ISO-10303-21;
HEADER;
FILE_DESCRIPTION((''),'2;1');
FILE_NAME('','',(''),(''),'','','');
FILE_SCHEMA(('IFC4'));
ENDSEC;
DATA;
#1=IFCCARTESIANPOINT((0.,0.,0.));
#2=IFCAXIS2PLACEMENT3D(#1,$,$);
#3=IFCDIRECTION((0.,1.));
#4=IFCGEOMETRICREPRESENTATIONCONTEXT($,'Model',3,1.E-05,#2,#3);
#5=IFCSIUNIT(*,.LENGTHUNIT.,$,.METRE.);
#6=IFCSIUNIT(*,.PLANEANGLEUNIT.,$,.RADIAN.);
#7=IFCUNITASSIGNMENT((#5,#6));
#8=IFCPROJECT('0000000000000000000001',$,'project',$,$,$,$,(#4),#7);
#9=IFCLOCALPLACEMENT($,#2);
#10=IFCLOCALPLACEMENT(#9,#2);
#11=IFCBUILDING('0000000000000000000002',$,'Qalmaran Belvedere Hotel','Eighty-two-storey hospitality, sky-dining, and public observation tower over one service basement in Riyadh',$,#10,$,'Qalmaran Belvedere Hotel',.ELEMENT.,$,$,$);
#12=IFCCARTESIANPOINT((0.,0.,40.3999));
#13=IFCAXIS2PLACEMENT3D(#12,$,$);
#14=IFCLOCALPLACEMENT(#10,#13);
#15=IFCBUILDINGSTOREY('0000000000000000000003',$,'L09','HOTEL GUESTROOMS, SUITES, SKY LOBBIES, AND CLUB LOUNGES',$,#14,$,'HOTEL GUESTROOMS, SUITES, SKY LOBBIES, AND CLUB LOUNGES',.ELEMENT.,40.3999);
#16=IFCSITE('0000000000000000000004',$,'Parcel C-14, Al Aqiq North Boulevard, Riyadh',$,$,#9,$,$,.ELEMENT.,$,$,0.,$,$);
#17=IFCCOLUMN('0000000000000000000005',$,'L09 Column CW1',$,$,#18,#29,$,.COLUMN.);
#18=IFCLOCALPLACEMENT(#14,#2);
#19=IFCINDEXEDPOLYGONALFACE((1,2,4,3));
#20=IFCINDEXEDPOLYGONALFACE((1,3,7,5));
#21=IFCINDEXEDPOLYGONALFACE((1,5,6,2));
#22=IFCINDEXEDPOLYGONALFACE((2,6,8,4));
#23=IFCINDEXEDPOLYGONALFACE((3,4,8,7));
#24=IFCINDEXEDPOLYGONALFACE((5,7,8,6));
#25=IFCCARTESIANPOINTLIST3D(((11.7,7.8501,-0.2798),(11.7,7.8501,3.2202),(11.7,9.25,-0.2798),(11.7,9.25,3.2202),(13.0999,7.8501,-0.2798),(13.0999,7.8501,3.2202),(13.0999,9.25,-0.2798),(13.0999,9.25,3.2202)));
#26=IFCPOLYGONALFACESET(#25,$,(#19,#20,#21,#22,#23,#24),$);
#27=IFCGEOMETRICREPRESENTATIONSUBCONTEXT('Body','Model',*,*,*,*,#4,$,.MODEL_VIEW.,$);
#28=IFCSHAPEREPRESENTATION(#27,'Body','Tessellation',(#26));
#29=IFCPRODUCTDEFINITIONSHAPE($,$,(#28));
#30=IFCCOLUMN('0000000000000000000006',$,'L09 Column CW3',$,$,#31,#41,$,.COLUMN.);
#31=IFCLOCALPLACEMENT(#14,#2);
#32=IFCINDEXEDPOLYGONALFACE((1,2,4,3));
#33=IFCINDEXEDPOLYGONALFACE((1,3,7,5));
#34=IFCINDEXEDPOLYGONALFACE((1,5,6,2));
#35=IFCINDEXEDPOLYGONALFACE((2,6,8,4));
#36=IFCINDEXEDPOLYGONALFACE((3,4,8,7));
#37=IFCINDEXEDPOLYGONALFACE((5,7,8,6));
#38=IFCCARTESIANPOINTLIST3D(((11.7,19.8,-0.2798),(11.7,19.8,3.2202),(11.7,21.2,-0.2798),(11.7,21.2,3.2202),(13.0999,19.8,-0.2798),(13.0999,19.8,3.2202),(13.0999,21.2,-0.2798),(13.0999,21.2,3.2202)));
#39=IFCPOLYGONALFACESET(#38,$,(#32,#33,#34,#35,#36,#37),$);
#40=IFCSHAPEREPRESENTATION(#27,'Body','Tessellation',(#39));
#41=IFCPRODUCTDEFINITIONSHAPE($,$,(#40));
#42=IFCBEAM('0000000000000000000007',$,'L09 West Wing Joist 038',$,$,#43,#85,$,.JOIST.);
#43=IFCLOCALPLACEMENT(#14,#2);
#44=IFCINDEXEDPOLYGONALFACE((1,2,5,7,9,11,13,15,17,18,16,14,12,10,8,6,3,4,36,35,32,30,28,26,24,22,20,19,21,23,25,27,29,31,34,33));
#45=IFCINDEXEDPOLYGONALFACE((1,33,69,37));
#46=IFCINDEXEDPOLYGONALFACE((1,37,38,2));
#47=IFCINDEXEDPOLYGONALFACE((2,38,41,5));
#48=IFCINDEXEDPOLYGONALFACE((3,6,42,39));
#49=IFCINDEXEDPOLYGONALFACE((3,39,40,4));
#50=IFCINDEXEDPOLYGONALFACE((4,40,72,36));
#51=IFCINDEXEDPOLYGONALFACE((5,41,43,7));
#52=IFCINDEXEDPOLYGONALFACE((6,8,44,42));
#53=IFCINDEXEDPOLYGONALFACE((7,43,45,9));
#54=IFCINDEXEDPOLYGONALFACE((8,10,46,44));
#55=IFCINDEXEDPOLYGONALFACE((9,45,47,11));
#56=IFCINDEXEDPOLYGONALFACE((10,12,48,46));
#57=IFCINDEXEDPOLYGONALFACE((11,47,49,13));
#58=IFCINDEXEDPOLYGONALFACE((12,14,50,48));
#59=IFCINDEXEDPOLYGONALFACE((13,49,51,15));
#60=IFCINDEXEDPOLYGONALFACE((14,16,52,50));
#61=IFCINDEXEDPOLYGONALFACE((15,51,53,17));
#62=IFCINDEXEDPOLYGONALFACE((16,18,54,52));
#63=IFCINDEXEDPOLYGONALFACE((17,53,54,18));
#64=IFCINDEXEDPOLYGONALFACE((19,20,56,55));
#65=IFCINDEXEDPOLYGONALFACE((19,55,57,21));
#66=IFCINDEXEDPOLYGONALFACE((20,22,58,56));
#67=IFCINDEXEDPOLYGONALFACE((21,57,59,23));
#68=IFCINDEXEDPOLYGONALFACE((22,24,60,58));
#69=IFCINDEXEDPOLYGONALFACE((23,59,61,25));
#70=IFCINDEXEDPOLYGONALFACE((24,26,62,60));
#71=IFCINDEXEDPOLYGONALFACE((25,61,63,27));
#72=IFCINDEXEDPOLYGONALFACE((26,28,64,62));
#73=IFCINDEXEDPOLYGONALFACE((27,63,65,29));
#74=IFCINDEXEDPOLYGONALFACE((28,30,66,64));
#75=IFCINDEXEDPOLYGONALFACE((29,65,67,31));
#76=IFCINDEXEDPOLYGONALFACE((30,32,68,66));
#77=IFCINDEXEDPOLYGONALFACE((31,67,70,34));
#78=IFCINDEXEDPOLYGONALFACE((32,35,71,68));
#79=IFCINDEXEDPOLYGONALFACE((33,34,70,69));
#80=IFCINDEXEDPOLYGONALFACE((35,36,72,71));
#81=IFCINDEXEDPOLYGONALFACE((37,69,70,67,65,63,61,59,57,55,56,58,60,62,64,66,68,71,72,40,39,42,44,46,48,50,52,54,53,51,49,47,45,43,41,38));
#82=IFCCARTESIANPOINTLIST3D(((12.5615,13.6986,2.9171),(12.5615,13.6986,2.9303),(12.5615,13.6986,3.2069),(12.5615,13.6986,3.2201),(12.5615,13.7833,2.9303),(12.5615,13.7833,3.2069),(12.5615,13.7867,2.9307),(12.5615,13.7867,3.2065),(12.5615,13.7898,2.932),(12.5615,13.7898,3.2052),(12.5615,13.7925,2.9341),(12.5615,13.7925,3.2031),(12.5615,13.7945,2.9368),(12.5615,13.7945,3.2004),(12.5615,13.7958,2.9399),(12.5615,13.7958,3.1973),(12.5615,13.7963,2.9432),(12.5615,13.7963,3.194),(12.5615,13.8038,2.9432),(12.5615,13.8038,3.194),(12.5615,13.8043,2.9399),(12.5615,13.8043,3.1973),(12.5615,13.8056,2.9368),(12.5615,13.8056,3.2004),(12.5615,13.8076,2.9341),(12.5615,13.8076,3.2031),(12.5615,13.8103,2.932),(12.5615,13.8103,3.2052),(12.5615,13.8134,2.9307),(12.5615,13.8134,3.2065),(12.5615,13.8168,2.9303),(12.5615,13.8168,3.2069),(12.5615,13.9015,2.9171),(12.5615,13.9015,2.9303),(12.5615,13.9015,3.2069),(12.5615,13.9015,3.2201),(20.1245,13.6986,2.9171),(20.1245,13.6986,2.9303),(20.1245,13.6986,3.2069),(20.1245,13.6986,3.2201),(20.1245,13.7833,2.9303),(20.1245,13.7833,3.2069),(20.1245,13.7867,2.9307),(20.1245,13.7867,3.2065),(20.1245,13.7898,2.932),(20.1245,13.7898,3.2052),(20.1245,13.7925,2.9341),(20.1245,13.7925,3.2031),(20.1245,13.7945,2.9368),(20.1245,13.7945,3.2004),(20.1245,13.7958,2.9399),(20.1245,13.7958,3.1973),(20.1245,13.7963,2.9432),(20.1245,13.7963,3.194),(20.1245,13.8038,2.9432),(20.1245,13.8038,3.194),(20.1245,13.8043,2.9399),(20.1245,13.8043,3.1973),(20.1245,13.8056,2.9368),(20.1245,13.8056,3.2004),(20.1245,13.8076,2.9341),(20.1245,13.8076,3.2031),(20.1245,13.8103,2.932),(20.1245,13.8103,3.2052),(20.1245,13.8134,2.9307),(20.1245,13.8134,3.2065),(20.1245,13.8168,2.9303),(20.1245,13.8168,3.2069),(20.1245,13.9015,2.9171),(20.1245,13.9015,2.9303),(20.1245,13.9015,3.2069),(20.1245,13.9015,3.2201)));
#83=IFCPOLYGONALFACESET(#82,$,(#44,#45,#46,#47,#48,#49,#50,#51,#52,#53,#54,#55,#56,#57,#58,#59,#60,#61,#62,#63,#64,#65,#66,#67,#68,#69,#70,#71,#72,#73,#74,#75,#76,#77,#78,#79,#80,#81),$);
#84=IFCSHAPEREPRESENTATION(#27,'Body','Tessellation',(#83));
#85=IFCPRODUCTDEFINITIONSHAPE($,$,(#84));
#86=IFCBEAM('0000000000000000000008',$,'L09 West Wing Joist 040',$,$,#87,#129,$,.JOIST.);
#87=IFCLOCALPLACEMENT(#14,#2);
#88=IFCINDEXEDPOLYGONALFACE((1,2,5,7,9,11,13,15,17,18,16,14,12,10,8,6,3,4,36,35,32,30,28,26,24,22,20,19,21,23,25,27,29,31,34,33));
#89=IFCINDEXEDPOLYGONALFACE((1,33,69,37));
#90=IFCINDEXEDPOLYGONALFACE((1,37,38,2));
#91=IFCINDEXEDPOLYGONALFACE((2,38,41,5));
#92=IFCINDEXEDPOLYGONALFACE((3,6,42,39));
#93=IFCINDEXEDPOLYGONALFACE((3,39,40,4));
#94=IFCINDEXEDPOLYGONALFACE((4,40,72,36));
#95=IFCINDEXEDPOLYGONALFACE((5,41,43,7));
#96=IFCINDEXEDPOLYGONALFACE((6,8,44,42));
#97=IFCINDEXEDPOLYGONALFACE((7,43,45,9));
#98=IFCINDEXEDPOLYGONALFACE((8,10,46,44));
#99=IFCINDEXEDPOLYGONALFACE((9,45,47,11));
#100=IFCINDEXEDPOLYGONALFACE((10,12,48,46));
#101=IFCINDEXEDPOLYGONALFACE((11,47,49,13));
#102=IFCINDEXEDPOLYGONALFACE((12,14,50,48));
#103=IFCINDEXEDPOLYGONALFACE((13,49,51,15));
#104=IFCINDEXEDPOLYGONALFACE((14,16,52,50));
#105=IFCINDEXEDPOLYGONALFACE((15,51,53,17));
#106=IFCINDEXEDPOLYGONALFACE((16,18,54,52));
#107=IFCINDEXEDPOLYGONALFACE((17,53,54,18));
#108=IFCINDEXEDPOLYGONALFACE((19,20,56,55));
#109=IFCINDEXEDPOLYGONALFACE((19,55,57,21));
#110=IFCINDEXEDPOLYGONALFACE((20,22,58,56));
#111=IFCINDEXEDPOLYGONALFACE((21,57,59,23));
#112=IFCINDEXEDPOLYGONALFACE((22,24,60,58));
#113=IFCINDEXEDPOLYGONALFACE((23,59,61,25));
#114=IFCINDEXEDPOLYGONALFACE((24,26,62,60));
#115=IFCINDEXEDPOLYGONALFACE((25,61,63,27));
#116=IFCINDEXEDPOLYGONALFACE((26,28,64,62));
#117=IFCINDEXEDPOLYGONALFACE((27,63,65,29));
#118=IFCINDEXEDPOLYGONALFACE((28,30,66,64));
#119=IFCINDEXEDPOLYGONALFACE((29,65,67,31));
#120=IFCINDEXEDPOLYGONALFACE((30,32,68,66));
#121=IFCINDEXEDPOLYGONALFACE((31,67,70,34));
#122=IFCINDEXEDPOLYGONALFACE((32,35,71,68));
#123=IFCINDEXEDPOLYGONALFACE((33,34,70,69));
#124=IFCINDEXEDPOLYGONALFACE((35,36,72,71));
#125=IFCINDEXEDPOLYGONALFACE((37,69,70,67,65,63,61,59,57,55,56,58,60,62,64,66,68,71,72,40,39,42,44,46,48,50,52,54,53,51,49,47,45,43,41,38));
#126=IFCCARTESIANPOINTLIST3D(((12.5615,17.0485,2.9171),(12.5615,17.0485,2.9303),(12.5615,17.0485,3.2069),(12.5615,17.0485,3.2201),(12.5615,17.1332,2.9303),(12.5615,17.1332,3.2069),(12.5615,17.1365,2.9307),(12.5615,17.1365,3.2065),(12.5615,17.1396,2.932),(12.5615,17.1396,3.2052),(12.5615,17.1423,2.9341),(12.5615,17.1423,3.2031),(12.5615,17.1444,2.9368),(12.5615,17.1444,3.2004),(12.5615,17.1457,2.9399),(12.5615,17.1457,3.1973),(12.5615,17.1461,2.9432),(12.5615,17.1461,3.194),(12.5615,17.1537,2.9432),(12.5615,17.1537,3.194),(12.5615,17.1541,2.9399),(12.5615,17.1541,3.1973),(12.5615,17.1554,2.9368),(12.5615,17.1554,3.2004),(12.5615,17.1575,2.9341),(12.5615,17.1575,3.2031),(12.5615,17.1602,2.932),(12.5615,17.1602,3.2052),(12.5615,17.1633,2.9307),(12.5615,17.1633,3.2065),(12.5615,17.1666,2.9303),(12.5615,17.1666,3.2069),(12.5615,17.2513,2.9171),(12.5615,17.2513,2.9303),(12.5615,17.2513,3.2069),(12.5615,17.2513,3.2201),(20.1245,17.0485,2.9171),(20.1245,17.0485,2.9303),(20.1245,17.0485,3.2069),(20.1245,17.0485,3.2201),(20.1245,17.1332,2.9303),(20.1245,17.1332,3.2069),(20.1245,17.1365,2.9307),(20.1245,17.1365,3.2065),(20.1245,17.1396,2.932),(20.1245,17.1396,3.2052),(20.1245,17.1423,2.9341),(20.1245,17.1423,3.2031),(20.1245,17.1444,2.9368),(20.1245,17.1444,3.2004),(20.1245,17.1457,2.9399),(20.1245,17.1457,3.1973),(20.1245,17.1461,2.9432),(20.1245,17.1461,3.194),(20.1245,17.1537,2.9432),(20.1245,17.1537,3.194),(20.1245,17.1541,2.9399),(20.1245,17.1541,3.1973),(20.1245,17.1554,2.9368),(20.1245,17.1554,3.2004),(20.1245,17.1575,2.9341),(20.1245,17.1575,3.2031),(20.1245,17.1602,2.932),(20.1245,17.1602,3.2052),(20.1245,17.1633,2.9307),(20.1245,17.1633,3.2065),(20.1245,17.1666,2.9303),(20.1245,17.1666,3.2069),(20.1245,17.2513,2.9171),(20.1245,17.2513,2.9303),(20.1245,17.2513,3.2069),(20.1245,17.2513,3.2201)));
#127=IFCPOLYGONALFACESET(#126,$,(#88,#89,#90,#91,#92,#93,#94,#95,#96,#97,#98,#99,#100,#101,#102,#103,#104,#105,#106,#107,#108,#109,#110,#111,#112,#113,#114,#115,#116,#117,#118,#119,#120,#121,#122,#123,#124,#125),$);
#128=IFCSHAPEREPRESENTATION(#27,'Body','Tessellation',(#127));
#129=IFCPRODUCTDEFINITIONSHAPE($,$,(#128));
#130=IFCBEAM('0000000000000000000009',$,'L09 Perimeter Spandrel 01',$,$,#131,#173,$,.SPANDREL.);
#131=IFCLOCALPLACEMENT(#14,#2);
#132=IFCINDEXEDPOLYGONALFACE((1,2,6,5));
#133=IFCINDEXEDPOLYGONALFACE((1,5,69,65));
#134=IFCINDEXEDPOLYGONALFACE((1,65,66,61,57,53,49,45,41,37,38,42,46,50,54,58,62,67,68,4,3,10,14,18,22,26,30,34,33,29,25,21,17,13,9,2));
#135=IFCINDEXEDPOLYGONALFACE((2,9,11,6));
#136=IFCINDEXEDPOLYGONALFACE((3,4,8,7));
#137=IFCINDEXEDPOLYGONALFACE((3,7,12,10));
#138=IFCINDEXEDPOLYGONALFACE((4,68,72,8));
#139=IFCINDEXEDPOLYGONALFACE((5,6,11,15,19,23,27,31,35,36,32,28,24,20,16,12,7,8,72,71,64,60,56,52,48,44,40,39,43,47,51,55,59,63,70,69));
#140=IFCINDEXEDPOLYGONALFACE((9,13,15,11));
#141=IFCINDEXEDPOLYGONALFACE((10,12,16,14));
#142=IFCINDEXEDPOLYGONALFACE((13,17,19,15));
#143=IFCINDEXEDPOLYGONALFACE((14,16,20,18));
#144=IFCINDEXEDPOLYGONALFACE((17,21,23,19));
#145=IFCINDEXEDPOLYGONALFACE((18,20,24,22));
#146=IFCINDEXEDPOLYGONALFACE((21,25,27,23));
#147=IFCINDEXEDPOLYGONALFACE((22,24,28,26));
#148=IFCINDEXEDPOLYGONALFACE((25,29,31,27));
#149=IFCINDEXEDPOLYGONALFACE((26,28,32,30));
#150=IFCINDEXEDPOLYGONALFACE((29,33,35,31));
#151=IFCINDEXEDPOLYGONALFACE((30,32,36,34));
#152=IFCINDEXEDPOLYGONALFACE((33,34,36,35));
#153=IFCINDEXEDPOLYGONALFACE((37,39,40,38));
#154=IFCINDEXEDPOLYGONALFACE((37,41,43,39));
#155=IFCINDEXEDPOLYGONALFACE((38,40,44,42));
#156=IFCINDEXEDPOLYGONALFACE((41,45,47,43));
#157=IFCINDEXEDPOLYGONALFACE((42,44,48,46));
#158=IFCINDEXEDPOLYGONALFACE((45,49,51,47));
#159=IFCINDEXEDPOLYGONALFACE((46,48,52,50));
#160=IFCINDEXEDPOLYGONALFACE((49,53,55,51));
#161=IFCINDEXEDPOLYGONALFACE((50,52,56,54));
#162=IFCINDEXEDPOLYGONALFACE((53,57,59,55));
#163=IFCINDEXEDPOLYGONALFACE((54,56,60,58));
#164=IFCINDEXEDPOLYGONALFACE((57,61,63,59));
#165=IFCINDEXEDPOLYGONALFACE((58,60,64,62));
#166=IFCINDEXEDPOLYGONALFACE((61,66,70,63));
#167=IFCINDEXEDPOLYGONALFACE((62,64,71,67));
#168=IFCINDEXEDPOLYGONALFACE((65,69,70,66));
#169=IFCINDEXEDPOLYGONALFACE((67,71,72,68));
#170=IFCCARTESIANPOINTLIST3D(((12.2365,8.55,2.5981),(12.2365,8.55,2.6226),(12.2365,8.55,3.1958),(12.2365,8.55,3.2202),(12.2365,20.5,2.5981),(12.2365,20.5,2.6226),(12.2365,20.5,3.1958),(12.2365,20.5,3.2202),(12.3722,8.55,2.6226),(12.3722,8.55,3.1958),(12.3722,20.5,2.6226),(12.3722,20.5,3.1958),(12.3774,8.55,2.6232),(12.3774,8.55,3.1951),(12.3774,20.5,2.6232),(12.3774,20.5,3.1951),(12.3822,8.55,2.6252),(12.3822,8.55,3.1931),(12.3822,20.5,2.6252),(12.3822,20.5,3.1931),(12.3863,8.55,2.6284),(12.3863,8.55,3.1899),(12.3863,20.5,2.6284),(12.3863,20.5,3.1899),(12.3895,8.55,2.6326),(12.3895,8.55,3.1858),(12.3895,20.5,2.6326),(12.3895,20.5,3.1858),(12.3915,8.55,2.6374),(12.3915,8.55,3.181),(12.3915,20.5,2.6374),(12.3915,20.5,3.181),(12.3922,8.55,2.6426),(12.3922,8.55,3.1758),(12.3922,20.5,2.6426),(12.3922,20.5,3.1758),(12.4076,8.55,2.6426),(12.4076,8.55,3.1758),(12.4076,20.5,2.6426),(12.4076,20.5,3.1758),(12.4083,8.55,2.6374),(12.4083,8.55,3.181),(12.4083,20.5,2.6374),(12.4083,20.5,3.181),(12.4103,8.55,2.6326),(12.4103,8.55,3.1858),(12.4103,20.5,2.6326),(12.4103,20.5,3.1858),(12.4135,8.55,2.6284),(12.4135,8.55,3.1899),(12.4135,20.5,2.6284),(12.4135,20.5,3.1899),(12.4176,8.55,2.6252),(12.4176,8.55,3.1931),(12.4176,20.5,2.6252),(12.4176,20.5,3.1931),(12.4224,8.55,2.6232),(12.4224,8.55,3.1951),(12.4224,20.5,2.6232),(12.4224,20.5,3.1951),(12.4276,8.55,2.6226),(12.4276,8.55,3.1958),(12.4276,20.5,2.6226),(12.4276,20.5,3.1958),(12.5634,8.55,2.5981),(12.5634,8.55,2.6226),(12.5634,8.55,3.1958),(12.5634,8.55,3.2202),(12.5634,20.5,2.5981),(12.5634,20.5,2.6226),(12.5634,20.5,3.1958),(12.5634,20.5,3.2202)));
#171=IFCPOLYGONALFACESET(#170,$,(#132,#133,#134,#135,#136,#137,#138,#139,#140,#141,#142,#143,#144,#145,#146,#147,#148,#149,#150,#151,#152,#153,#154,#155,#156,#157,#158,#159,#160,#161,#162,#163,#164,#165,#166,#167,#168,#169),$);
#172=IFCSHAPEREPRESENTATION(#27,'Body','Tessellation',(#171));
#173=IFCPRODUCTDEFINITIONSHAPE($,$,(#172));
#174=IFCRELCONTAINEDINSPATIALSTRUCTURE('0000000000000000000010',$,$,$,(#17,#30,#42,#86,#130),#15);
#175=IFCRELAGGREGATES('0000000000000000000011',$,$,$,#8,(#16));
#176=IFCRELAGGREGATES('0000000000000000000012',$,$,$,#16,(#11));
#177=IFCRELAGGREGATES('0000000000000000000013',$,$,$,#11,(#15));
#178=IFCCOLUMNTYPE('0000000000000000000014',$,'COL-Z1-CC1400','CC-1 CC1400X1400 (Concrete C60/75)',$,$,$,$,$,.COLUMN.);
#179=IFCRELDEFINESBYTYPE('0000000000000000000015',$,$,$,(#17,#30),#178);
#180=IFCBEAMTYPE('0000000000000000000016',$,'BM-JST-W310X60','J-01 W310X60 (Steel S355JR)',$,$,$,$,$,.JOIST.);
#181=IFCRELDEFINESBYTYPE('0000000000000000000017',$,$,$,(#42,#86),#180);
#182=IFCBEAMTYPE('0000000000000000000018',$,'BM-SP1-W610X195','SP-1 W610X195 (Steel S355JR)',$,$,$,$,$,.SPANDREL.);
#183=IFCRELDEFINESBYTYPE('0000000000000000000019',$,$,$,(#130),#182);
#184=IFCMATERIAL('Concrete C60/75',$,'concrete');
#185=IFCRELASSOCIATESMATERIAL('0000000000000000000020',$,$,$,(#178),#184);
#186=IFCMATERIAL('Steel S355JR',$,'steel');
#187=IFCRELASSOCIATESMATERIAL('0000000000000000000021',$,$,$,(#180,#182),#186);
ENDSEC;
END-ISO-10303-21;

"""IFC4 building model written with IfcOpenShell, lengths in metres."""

from ifc_helpers import new_model, si_unit, direction, frame, origin, origin_2d, place, context, subcontext, project, spatial, rectangle, i_section, extrude, material, material_profile, profile_set, type_object, element, save


model = new_model("IFC4")

# Units and contexts
model_context = context("Model", 3, precision=1e-05, world=origin(), true_north=direction((0.0, 1.0)))
body_context = subcontext(model_context, "Body", "Model", "MODEL_VIEW")
ifc_project = project(units=[si_unit("LENGTHUNIT", "METRE"), si_unit("PLANEANGLEUNIT", "RADIAN")], contexts=[model_context])

# Site, building, storey
site_placement = place(None, origin())
site = spatial("IfcSite", under=ifc_project, at=site_placement, Name="Parcel C-14, Al Aqiq North Boulevard, Riyadh", CompositionType="ELEMENT", RefElevation=0.0)
building_placement = place(site_placement, origin())
building = spatial("IfcBuilding", under=site, at=building_placement, Name="Qalmaran Belvedere Hotel", Description="Eighty-two-storey hospitality, sky-dining, and public observation tower over one service basement in Riyadh", LongName="Qalmaran Belvedere Hotel", CompositionType="ELEMENT")
storey_placement = place(building_placement, frame((0.0, 0.0, 40.3999)))
storey = spatial("IfcBuildingStorey", under=building, at=storey_placement, Name="L09", Description="HOTEL GUESTROOMS, SUITES, SKY LOBBIES, AND CLUB LOUNGES", LongName="HOTEL GUESTROOMS, SUITES, SKY LOBBIES, AND CLUB LOUNGES", CompositionType="ELEMENT", Elevation=40.3999)

# Columns
ifc_material_1 = material(Name="Concrete C60/75", Category="concrete")
ifc_material_profile_1 = material_profile(ifc_material_1, rectangle(XDim=1.3999, YDim=1.3999, at=origin_2d()), Name="CC1400X1400")
ifc_profile_set_1 = profile_set([ifc_material_profile_1], Name="Concrete C60/75")
column_type = type_object("IfcColumnType", Name="COL-Z1-CC1400", Description="CC-1 CC1400X1400 (Concrete C60/75)", PredefinedType="COLUMN", material=ifc_profile_set_1)
for number, where, z_axis, x_axis, name in (
    (1, (12.3999, 8.55, -0.2798), (0.0, 0.0, 1.0), (1.0, 0.0, 0.0), "L09 Column CW1"),
    (2, (12.3999, 20.5, -0.2798), (0.0, 0.0, 1.0), (1.0, 0.0, 0.0), "L09 Column CW3"),
):
    element("IfcColumn", number, at=place(storey_placement, frame(where, z_axis=z_axis, x_axis=x_axis)), inside=storey, type_object=column_type, Name=name, PredefinedType="COLUMN", context=body_context, shape_type="SweptSolid", body=[
        extrude(rectangle(XDim=1.3999, YDim=1.3999, at=origin_2d()), origin(), (0.0, 0.0, 1.0), 3.5),
    ])

# Beams
ifc_material_2 = material(Name="Steel S355JR", Category="steel")
ifc_material_profile_2 = material_profile(ifc_material_2, i_section(OverallWidth=0.2029, OverallDepth=0.303, WebThickness=0.0076, FlangeThickness=0.0132, FilletRadius=0.0129, at=origin_2d()), Name="W310X60")
ifc_profile_set_2 = profile_set([ifc_material_profile_2], Name="Steel S355JR")
beam_type_1 = type_object("IfcBeamType", Name="BM-JST-W310X60", Description="J-01 W310X60 (Steel S355JR)", PredefinedType="JOIST", material=ifc_profile_set_2)
for number, where, z_axis, x_axis, name in (
    (3, (12.5615, 13.8, 3.0686), (1.0, 0.0, 0.0), (0.0, 1.0, 0.0), "L09 West Wing Joist 038"),
    (4, (12.5615, 17.1499, 3.0686), (1.0, 0.0, 0.0), (0.0, 1.0, 0.0), "L09 West Wing Joist 040"),
):
    element("IfcBeam", number, at=place(storey_placement, frame(where, z_axis=z_axis, x_axis=x_axis)), inside=storey, type_object=beam_type_1, Name=name, PredefinedType="JOIST", context=body_context, shape_type="SweptSolid", body=[
        extrude(i_section(OverallWidth=0.2029, OverallDepth=0.303, WebThickness=0.0076, FlangeThickness=0.0132, FilletRadius=0.0129, at=origin_2d()), origin(), (0.0, 0.0, 1.0), 7.563),
    ])
ifc_material_profile_3 = material_profile(ifc_material_2, i_section(OverallWidth=0.3269, OverallDepth=0.6221, WebThickness=0.0154, FlangeThickness=0.0244, FilletRadius=0.02, at=origin_2d()), Name="W610X195")
ifc_profile_set_3 = profile_set([ifc_material_profile_3], Name="Steel S355JR")
beam_type_2 = type_object("IfcBeamType", Name="BM-SP1-W610X195", Description="SP-1 W610X195 (Steel S355JR)", PredefinedType="SPANDREL", material=ifc_profile_set_3)
beam_1_placement = place(storey_placement, frame((12.3999, 8.55, 2.9092), z_axis=(0.0, 1.0, 0.0), x_axis=(-1.0, 0.0, 0.0)))
element("IfcBeam", 5, at=beam_1_placement, inside=storey, type_object=beam_type_2, Name="L09 Perimeter Spandrel 01", PredefinedType="SPANDREL", context=body_context, shape_type="SweptSolid", body=[
    extrude(i_section(OverallWidth=0.3269, OverallDepth=0.6221, WebThickness=0.0154, FlangeThickness=0.0244, FilletRadius=0.02, at=origin_2d()), origin(), (0.0, 0.0, 1.0), 11.95),
])

save(model, "model.ifc")
